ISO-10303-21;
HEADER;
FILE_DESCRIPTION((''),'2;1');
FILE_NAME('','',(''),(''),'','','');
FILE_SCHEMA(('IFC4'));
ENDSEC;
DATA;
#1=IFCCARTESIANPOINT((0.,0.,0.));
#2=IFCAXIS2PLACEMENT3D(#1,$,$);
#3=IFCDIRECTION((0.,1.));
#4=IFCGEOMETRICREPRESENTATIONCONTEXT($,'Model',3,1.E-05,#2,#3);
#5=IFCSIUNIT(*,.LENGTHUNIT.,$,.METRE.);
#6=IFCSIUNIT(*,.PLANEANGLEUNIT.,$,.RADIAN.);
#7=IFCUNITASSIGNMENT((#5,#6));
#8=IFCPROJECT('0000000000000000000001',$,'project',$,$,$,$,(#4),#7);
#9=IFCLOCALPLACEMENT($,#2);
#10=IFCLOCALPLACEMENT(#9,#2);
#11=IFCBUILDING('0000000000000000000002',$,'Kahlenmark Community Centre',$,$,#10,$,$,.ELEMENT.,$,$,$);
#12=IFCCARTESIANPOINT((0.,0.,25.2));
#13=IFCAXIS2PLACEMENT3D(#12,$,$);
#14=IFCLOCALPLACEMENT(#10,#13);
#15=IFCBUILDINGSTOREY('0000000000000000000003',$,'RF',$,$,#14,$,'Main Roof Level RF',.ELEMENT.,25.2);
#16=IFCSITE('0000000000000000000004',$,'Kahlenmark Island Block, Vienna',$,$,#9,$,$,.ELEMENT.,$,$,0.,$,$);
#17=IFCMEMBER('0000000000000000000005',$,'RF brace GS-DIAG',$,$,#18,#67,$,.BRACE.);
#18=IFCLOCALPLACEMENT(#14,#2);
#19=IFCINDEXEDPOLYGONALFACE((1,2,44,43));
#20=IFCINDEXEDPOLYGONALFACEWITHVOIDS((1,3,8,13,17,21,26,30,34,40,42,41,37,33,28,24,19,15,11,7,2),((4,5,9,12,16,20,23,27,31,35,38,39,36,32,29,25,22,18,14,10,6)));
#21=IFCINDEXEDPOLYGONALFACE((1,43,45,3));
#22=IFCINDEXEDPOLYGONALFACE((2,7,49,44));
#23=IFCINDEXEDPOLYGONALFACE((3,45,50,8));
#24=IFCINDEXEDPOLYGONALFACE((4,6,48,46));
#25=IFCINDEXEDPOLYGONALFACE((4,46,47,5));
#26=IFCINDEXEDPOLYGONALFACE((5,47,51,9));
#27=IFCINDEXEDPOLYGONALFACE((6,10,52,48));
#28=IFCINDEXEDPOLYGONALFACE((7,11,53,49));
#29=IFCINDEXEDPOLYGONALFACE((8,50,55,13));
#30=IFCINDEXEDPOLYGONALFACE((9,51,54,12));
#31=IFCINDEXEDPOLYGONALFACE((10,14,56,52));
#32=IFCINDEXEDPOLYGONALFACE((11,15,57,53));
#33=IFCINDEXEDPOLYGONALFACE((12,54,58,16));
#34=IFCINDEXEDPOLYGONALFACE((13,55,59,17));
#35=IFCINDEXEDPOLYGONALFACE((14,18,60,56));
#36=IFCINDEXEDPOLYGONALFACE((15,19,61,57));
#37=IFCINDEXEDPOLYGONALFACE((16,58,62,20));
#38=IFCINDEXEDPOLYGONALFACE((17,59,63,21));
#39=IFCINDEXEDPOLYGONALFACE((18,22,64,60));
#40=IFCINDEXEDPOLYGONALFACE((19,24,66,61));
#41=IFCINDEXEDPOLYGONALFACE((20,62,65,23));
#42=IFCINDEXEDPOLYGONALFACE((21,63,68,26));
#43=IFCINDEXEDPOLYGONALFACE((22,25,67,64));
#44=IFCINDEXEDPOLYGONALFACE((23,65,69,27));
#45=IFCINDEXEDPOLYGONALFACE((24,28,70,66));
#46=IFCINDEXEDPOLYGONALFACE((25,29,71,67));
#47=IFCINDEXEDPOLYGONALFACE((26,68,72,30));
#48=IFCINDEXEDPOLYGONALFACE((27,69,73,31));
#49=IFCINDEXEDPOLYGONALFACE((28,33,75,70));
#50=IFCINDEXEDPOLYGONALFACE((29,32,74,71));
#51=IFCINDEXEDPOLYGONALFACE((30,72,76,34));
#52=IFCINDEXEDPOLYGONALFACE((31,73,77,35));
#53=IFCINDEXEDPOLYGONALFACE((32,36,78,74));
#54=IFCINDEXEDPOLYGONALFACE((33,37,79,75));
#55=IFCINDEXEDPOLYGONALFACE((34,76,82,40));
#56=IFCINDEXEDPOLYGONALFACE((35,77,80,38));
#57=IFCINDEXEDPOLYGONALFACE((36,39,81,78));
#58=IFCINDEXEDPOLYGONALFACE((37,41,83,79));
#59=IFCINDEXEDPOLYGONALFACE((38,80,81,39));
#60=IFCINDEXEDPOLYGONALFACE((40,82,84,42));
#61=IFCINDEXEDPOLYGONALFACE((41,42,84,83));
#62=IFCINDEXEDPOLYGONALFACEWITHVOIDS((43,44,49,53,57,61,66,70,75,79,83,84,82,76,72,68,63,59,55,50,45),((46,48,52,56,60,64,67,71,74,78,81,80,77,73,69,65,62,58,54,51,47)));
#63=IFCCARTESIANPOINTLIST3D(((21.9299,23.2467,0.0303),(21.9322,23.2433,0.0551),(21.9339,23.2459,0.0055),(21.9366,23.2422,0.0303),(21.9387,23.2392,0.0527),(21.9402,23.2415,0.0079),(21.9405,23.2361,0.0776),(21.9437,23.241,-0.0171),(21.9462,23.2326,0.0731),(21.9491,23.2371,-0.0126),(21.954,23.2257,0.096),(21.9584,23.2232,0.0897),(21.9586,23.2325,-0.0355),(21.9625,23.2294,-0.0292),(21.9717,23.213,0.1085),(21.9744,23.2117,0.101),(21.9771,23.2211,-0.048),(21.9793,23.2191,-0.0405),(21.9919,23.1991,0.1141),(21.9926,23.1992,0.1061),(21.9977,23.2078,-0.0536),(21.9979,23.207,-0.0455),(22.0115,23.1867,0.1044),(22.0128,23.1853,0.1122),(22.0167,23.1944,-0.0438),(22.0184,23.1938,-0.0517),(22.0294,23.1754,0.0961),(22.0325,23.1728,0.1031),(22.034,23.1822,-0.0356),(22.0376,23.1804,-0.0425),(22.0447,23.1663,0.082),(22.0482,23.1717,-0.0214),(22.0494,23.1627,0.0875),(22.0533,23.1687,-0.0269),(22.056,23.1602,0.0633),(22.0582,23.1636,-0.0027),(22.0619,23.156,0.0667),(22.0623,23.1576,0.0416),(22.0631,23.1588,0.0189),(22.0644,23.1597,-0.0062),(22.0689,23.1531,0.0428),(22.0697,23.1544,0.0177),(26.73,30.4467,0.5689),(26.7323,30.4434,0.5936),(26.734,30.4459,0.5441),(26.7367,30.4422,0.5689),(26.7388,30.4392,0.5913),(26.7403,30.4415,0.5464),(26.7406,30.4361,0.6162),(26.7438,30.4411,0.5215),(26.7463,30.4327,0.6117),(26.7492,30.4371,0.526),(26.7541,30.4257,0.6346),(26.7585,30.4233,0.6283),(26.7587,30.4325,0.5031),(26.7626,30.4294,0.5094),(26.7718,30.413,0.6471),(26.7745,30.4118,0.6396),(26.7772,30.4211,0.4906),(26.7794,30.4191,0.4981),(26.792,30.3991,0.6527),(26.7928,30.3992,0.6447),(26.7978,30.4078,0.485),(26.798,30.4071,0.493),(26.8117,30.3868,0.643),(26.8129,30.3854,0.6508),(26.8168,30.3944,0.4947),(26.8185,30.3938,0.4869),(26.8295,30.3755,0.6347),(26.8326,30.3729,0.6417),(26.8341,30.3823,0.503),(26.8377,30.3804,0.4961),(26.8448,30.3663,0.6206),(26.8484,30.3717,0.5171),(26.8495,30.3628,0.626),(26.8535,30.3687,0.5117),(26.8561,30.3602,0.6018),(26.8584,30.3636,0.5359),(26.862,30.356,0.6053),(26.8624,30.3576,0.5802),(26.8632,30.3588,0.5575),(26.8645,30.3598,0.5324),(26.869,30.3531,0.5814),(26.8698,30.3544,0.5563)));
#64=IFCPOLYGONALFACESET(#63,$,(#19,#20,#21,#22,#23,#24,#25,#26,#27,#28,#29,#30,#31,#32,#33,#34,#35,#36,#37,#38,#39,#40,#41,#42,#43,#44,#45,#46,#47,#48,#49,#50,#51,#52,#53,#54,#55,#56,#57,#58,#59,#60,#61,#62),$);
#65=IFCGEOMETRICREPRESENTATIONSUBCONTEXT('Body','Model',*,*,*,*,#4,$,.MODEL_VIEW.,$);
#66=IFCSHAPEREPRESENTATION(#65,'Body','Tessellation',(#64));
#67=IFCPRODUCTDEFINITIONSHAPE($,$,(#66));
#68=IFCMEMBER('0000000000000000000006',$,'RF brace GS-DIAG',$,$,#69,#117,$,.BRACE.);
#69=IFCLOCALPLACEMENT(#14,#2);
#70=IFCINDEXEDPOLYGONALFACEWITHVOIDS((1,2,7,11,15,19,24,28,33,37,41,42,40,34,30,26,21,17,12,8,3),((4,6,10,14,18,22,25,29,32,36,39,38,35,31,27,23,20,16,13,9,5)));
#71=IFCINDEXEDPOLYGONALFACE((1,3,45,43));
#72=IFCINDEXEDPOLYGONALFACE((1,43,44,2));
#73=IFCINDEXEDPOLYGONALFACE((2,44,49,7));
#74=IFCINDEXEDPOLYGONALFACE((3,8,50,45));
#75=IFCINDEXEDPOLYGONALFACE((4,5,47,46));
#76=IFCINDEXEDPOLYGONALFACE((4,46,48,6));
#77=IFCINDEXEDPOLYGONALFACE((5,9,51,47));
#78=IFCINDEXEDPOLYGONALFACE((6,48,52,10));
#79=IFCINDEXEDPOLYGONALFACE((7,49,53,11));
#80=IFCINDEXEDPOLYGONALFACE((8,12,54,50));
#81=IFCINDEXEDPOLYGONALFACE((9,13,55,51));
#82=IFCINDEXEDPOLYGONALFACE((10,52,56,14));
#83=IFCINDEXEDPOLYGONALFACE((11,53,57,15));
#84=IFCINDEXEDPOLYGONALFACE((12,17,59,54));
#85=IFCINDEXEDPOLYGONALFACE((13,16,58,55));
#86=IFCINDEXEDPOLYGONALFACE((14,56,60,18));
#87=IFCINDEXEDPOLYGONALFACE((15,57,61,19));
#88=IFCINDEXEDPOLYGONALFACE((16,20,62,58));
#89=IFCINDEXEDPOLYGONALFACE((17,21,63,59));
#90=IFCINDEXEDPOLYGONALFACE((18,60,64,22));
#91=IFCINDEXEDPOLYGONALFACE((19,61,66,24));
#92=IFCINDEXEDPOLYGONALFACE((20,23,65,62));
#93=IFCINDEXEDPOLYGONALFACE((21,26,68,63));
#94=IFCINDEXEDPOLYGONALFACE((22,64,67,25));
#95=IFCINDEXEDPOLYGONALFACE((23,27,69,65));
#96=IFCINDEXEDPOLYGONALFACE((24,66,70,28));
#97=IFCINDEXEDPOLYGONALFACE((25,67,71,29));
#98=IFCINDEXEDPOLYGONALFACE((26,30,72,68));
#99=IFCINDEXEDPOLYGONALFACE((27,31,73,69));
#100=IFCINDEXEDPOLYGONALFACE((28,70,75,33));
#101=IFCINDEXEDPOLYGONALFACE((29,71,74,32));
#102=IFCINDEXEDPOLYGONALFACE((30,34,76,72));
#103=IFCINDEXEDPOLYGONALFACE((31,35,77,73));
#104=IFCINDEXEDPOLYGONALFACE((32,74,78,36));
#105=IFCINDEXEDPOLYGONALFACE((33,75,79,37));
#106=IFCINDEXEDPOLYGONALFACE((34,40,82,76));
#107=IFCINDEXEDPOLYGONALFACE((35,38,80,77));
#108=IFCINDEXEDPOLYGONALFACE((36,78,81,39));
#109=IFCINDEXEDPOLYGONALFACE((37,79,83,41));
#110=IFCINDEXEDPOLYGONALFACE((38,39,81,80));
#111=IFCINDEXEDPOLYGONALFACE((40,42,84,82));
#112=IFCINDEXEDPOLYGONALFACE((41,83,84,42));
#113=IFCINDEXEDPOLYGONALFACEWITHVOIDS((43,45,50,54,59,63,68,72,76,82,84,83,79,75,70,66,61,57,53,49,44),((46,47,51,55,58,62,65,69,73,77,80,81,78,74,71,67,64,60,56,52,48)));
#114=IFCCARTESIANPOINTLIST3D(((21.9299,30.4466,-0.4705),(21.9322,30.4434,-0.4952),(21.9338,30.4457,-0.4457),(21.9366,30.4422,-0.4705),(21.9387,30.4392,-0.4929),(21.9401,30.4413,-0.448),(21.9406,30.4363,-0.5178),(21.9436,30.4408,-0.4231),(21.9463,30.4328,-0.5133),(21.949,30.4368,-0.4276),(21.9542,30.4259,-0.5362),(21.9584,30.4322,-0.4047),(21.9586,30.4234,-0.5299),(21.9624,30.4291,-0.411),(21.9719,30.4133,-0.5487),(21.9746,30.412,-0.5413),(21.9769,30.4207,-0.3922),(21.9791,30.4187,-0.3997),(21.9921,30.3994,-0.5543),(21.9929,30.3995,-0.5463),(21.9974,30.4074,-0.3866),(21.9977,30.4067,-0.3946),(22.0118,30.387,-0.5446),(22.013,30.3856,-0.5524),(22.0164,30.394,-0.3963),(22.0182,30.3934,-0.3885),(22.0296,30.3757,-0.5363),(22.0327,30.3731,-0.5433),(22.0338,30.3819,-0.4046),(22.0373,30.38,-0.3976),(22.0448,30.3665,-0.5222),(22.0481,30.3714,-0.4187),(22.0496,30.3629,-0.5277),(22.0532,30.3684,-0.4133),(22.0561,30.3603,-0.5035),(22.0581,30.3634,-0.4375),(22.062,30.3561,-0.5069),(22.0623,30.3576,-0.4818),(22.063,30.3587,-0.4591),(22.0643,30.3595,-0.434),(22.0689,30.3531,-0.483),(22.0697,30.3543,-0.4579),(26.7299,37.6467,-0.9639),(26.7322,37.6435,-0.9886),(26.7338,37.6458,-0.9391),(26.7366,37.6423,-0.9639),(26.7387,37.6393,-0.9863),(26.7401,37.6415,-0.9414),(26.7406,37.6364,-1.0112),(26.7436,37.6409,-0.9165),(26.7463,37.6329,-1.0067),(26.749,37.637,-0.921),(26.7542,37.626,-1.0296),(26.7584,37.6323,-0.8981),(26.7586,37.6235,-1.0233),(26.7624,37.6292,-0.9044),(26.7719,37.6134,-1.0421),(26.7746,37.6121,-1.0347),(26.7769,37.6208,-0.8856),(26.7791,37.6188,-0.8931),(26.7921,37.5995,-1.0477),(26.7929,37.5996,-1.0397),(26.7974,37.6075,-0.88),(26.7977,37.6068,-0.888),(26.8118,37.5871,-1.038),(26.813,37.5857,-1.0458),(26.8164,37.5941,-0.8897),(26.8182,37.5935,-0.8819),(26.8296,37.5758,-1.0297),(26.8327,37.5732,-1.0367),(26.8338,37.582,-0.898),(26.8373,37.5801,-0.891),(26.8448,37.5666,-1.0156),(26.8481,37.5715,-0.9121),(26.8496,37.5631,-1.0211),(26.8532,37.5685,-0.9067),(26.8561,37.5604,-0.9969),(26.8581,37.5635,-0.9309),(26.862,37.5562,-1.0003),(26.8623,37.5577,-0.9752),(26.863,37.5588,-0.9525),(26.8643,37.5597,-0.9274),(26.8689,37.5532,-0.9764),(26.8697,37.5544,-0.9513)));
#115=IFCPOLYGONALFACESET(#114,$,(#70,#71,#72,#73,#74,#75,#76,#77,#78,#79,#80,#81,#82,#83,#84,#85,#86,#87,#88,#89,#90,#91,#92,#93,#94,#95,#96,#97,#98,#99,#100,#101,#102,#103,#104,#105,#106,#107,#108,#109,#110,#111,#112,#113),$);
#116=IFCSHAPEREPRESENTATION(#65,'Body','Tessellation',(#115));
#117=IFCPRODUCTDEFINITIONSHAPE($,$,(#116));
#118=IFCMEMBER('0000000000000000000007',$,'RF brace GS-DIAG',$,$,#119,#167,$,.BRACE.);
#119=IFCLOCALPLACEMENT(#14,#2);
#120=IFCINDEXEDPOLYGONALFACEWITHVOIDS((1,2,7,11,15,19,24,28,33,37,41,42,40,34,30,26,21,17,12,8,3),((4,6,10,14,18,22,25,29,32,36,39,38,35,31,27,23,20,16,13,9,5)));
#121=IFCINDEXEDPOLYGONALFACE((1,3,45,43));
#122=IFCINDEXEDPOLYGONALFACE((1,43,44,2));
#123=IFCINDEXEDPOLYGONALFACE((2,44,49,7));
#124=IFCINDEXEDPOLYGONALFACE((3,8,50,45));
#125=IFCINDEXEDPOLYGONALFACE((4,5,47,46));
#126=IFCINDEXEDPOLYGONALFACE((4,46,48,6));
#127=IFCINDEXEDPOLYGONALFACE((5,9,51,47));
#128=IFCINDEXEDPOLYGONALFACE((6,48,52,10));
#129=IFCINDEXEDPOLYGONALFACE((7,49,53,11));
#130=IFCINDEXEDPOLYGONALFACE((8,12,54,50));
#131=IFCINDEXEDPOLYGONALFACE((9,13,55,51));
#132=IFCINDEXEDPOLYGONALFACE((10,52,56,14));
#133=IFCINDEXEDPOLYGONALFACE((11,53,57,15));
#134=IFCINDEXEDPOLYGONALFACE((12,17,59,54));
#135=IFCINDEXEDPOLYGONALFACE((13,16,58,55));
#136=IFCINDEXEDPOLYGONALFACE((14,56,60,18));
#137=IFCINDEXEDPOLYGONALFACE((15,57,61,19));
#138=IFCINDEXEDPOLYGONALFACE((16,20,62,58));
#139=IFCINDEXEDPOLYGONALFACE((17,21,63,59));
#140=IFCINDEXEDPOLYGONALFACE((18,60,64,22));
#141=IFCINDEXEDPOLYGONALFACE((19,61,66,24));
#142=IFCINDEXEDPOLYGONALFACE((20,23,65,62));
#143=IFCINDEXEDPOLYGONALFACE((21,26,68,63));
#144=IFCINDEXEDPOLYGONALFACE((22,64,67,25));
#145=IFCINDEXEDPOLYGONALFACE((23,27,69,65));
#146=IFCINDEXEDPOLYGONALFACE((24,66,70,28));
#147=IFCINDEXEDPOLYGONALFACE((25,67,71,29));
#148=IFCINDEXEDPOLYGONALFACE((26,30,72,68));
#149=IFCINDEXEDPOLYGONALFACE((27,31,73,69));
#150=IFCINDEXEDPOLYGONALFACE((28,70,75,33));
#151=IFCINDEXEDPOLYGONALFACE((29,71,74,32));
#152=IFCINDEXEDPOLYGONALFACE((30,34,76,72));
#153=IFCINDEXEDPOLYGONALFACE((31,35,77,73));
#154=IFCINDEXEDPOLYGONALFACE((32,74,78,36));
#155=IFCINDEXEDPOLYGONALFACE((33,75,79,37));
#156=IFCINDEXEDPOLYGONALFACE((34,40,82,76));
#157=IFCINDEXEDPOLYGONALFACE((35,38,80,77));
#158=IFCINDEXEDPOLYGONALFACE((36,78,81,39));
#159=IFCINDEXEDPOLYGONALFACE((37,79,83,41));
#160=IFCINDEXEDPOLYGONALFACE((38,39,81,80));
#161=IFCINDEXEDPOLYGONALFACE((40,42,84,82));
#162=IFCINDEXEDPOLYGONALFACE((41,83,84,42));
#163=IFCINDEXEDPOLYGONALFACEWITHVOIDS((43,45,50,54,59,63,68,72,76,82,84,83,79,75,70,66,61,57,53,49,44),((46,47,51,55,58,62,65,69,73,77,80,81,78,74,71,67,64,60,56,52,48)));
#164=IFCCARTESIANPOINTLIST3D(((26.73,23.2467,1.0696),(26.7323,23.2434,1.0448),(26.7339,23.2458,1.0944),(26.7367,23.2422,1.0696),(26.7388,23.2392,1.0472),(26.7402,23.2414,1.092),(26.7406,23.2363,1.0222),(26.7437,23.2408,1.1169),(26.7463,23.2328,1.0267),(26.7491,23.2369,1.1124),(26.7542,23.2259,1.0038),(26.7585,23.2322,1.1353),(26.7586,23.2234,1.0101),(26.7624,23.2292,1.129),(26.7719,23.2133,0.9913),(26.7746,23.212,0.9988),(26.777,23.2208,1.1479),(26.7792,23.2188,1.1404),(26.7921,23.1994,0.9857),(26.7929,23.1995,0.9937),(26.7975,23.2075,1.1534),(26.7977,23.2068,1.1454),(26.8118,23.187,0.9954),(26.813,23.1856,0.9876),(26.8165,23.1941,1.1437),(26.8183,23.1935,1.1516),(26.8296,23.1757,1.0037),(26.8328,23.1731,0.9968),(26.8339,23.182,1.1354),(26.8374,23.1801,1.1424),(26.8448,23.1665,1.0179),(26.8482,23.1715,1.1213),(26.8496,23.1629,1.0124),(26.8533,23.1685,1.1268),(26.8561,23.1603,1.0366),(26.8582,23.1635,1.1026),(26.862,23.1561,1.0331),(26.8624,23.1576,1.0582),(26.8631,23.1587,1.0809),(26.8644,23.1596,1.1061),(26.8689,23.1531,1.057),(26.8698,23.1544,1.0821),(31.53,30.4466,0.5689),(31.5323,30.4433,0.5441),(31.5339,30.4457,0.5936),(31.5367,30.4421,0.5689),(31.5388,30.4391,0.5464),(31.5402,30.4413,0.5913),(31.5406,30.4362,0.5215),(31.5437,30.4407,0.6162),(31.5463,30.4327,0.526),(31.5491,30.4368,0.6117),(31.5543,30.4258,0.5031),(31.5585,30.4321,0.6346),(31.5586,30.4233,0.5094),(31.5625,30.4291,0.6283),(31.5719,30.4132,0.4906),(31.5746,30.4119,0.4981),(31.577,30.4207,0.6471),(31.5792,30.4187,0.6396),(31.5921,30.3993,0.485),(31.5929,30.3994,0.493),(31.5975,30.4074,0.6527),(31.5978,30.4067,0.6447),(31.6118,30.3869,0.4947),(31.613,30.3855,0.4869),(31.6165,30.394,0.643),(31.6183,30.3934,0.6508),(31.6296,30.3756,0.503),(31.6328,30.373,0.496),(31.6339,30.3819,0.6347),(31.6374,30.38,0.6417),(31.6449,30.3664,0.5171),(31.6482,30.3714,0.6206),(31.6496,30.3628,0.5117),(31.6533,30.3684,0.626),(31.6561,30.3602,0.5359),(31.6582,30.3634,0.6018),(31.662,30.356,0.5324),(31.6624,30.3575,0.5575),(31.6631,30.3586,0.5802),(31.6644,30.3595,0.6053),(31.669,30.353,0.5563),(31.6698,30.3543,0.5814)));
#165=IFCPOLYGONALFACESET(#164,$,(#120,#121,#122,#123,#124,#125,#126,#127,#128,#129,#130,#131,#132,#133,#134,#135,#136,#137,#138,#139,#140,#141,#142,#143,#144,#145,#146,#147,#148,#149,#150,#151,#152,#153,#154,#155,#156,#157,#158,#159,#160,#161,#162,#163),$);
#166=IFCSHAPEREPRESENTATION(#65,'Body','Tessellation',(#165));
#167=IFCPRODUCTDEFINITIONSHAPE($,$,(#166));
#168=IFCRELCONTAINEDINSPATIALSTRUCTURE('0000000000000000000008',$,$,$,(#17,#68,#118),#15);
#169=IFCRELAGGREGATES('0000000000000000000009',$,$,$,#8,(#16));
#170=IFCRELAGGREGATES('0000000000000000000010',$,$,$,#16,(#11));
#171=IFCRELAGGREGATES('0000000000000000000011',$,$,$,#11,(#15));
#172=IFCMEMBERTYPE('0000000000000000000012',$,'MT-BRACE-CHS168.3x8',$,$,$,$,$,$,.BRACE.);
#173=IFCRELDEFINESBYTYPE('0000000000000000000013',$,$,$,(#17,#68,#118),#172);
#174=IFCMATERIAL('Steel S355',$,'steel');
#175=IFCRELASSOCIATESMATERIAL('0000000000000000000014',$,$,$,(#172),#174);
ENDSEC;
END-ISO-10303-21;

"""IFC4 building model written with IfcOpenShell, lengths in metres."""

from ifc_helpers import new_model, si_unit, direction, frame, origin, origin_2d, place, context, subcontext, project, spatial, hollow_circle, extrude, material, material_profile, profile_set, type_object, element, save


model = new_model("IFC4")

# Units and contexts
model_context = context("Model", 3, precision=1e-05, world=origin(), true_north=direction((0.0, 1.0)))
body_context = subcontext(model_context, "Body", "Model", "MODEL_VIEW")
ifc_project = project(units=[si_unit("LENGTHUNIT", "METRE"), si_unit("PLANEANGLEUNIT", "RADIAN")], contexts=[model_context])

# Site, building, storey
site_placement = place(None, origin())
site = spatial("IfcSite", under=ifc_project, at=site_placement, Name="Kahlenmark Island Block, Vienna", CompositionType="ELEMENT", RefElevation=0.0)
building_placement = place(site_placement, origin())
building = spatial("IfcBuilding", under=site, at=building_placement, Name="Kahlenmark Community Centre", CompositionType="ELEMENT")
storey_placement = place(building_placement, frame((0.0, 0.0, 25.2)))
storey = spatial("IfcBuildingStorey", under=building, at=storey_placement, Name="RF", LongName="Main Roof Level RF", CompositionType="ELEMENT", Elevation=25.2)

# Members
ifc_material_1 = material(Name="Steel S355", Category="steel")
ifc_material_profile_1 = material_profile(ifc_material_1, hollow_circle(Radius=0.0842, WallThickness=0.0081, at=origin_2d()), Name="CHS 168.3x8")
ifc_profile_set_1 = profile_set([ifc_material_profile_1], Name="Steel S355")
member_type_1 = type_object("IfcMemberType", Name="MT-BRACE-CHS168.3x8", PredefinedType="BRACE", material=ifc_profile_set_1)
member_1_placement = place(storey_placement, frame((22.0, 23.2, 0.0303), z_axis=(0.553635, 0.830439, 0.062119), x_axis=(-0.832046, 0.554707, 0.0)))
element("IfcMember", 1, at=member_1_placement, inside=storey, type_object=member_type_1, Name="RF brace GS-DIAG", PredefinedType="BRACE", context=body_context, shape_type="SweptSolid", body=[
    extrude(hollow_circle(Radius=0.0842, WallThickness=0.0081, at=origin_2d()), origin(), (0.0, 0.0, 1.0), 8.6702),
])
member_2_placement = place(storey_placement, frame((22.0, 30.3999, -0.4705), z_axis=(0.553794, 0.830705, -0.056926), x_axis=(-0.832055, 0.554694, 0.0)))
element("IfcMember", 2, at=member_2_placement, inside=storey, type_object=member_type_1, Name="RF brace GS-DIAG", PredefinedType="BRACE", context=body_context, shape_type="SweptSolid", body=[
    extrude(hollow_circle(Radius=0.0842, WallThickness=0.0081, at=origin_2d()), origin(), (0.0, 0.0, 1.0), 8.6675),
])
member_3_placement = place(storey_placement, frame((26.8, 23.2, 1.0696), z_axis=(0.55378, 0.830656, -0.057769), x_axis=(-0.832046, 0.554707, 0.0)))
element("IfcMember", 3, at=member_3_placement, inside=storey, type_object=member_type_1, Name="RF brace GS-DIAG", PredefinedType="BRACE", context=body_context, shape_type="SweptSolid", body=[
    extrude(hollow_circle(Radius=0.0842, WallThickness=0.0081, at=origin_2d()), origin(), (0.0, 0.0, 1.0), 8.6677),
])

save(model, "model.ifc")
